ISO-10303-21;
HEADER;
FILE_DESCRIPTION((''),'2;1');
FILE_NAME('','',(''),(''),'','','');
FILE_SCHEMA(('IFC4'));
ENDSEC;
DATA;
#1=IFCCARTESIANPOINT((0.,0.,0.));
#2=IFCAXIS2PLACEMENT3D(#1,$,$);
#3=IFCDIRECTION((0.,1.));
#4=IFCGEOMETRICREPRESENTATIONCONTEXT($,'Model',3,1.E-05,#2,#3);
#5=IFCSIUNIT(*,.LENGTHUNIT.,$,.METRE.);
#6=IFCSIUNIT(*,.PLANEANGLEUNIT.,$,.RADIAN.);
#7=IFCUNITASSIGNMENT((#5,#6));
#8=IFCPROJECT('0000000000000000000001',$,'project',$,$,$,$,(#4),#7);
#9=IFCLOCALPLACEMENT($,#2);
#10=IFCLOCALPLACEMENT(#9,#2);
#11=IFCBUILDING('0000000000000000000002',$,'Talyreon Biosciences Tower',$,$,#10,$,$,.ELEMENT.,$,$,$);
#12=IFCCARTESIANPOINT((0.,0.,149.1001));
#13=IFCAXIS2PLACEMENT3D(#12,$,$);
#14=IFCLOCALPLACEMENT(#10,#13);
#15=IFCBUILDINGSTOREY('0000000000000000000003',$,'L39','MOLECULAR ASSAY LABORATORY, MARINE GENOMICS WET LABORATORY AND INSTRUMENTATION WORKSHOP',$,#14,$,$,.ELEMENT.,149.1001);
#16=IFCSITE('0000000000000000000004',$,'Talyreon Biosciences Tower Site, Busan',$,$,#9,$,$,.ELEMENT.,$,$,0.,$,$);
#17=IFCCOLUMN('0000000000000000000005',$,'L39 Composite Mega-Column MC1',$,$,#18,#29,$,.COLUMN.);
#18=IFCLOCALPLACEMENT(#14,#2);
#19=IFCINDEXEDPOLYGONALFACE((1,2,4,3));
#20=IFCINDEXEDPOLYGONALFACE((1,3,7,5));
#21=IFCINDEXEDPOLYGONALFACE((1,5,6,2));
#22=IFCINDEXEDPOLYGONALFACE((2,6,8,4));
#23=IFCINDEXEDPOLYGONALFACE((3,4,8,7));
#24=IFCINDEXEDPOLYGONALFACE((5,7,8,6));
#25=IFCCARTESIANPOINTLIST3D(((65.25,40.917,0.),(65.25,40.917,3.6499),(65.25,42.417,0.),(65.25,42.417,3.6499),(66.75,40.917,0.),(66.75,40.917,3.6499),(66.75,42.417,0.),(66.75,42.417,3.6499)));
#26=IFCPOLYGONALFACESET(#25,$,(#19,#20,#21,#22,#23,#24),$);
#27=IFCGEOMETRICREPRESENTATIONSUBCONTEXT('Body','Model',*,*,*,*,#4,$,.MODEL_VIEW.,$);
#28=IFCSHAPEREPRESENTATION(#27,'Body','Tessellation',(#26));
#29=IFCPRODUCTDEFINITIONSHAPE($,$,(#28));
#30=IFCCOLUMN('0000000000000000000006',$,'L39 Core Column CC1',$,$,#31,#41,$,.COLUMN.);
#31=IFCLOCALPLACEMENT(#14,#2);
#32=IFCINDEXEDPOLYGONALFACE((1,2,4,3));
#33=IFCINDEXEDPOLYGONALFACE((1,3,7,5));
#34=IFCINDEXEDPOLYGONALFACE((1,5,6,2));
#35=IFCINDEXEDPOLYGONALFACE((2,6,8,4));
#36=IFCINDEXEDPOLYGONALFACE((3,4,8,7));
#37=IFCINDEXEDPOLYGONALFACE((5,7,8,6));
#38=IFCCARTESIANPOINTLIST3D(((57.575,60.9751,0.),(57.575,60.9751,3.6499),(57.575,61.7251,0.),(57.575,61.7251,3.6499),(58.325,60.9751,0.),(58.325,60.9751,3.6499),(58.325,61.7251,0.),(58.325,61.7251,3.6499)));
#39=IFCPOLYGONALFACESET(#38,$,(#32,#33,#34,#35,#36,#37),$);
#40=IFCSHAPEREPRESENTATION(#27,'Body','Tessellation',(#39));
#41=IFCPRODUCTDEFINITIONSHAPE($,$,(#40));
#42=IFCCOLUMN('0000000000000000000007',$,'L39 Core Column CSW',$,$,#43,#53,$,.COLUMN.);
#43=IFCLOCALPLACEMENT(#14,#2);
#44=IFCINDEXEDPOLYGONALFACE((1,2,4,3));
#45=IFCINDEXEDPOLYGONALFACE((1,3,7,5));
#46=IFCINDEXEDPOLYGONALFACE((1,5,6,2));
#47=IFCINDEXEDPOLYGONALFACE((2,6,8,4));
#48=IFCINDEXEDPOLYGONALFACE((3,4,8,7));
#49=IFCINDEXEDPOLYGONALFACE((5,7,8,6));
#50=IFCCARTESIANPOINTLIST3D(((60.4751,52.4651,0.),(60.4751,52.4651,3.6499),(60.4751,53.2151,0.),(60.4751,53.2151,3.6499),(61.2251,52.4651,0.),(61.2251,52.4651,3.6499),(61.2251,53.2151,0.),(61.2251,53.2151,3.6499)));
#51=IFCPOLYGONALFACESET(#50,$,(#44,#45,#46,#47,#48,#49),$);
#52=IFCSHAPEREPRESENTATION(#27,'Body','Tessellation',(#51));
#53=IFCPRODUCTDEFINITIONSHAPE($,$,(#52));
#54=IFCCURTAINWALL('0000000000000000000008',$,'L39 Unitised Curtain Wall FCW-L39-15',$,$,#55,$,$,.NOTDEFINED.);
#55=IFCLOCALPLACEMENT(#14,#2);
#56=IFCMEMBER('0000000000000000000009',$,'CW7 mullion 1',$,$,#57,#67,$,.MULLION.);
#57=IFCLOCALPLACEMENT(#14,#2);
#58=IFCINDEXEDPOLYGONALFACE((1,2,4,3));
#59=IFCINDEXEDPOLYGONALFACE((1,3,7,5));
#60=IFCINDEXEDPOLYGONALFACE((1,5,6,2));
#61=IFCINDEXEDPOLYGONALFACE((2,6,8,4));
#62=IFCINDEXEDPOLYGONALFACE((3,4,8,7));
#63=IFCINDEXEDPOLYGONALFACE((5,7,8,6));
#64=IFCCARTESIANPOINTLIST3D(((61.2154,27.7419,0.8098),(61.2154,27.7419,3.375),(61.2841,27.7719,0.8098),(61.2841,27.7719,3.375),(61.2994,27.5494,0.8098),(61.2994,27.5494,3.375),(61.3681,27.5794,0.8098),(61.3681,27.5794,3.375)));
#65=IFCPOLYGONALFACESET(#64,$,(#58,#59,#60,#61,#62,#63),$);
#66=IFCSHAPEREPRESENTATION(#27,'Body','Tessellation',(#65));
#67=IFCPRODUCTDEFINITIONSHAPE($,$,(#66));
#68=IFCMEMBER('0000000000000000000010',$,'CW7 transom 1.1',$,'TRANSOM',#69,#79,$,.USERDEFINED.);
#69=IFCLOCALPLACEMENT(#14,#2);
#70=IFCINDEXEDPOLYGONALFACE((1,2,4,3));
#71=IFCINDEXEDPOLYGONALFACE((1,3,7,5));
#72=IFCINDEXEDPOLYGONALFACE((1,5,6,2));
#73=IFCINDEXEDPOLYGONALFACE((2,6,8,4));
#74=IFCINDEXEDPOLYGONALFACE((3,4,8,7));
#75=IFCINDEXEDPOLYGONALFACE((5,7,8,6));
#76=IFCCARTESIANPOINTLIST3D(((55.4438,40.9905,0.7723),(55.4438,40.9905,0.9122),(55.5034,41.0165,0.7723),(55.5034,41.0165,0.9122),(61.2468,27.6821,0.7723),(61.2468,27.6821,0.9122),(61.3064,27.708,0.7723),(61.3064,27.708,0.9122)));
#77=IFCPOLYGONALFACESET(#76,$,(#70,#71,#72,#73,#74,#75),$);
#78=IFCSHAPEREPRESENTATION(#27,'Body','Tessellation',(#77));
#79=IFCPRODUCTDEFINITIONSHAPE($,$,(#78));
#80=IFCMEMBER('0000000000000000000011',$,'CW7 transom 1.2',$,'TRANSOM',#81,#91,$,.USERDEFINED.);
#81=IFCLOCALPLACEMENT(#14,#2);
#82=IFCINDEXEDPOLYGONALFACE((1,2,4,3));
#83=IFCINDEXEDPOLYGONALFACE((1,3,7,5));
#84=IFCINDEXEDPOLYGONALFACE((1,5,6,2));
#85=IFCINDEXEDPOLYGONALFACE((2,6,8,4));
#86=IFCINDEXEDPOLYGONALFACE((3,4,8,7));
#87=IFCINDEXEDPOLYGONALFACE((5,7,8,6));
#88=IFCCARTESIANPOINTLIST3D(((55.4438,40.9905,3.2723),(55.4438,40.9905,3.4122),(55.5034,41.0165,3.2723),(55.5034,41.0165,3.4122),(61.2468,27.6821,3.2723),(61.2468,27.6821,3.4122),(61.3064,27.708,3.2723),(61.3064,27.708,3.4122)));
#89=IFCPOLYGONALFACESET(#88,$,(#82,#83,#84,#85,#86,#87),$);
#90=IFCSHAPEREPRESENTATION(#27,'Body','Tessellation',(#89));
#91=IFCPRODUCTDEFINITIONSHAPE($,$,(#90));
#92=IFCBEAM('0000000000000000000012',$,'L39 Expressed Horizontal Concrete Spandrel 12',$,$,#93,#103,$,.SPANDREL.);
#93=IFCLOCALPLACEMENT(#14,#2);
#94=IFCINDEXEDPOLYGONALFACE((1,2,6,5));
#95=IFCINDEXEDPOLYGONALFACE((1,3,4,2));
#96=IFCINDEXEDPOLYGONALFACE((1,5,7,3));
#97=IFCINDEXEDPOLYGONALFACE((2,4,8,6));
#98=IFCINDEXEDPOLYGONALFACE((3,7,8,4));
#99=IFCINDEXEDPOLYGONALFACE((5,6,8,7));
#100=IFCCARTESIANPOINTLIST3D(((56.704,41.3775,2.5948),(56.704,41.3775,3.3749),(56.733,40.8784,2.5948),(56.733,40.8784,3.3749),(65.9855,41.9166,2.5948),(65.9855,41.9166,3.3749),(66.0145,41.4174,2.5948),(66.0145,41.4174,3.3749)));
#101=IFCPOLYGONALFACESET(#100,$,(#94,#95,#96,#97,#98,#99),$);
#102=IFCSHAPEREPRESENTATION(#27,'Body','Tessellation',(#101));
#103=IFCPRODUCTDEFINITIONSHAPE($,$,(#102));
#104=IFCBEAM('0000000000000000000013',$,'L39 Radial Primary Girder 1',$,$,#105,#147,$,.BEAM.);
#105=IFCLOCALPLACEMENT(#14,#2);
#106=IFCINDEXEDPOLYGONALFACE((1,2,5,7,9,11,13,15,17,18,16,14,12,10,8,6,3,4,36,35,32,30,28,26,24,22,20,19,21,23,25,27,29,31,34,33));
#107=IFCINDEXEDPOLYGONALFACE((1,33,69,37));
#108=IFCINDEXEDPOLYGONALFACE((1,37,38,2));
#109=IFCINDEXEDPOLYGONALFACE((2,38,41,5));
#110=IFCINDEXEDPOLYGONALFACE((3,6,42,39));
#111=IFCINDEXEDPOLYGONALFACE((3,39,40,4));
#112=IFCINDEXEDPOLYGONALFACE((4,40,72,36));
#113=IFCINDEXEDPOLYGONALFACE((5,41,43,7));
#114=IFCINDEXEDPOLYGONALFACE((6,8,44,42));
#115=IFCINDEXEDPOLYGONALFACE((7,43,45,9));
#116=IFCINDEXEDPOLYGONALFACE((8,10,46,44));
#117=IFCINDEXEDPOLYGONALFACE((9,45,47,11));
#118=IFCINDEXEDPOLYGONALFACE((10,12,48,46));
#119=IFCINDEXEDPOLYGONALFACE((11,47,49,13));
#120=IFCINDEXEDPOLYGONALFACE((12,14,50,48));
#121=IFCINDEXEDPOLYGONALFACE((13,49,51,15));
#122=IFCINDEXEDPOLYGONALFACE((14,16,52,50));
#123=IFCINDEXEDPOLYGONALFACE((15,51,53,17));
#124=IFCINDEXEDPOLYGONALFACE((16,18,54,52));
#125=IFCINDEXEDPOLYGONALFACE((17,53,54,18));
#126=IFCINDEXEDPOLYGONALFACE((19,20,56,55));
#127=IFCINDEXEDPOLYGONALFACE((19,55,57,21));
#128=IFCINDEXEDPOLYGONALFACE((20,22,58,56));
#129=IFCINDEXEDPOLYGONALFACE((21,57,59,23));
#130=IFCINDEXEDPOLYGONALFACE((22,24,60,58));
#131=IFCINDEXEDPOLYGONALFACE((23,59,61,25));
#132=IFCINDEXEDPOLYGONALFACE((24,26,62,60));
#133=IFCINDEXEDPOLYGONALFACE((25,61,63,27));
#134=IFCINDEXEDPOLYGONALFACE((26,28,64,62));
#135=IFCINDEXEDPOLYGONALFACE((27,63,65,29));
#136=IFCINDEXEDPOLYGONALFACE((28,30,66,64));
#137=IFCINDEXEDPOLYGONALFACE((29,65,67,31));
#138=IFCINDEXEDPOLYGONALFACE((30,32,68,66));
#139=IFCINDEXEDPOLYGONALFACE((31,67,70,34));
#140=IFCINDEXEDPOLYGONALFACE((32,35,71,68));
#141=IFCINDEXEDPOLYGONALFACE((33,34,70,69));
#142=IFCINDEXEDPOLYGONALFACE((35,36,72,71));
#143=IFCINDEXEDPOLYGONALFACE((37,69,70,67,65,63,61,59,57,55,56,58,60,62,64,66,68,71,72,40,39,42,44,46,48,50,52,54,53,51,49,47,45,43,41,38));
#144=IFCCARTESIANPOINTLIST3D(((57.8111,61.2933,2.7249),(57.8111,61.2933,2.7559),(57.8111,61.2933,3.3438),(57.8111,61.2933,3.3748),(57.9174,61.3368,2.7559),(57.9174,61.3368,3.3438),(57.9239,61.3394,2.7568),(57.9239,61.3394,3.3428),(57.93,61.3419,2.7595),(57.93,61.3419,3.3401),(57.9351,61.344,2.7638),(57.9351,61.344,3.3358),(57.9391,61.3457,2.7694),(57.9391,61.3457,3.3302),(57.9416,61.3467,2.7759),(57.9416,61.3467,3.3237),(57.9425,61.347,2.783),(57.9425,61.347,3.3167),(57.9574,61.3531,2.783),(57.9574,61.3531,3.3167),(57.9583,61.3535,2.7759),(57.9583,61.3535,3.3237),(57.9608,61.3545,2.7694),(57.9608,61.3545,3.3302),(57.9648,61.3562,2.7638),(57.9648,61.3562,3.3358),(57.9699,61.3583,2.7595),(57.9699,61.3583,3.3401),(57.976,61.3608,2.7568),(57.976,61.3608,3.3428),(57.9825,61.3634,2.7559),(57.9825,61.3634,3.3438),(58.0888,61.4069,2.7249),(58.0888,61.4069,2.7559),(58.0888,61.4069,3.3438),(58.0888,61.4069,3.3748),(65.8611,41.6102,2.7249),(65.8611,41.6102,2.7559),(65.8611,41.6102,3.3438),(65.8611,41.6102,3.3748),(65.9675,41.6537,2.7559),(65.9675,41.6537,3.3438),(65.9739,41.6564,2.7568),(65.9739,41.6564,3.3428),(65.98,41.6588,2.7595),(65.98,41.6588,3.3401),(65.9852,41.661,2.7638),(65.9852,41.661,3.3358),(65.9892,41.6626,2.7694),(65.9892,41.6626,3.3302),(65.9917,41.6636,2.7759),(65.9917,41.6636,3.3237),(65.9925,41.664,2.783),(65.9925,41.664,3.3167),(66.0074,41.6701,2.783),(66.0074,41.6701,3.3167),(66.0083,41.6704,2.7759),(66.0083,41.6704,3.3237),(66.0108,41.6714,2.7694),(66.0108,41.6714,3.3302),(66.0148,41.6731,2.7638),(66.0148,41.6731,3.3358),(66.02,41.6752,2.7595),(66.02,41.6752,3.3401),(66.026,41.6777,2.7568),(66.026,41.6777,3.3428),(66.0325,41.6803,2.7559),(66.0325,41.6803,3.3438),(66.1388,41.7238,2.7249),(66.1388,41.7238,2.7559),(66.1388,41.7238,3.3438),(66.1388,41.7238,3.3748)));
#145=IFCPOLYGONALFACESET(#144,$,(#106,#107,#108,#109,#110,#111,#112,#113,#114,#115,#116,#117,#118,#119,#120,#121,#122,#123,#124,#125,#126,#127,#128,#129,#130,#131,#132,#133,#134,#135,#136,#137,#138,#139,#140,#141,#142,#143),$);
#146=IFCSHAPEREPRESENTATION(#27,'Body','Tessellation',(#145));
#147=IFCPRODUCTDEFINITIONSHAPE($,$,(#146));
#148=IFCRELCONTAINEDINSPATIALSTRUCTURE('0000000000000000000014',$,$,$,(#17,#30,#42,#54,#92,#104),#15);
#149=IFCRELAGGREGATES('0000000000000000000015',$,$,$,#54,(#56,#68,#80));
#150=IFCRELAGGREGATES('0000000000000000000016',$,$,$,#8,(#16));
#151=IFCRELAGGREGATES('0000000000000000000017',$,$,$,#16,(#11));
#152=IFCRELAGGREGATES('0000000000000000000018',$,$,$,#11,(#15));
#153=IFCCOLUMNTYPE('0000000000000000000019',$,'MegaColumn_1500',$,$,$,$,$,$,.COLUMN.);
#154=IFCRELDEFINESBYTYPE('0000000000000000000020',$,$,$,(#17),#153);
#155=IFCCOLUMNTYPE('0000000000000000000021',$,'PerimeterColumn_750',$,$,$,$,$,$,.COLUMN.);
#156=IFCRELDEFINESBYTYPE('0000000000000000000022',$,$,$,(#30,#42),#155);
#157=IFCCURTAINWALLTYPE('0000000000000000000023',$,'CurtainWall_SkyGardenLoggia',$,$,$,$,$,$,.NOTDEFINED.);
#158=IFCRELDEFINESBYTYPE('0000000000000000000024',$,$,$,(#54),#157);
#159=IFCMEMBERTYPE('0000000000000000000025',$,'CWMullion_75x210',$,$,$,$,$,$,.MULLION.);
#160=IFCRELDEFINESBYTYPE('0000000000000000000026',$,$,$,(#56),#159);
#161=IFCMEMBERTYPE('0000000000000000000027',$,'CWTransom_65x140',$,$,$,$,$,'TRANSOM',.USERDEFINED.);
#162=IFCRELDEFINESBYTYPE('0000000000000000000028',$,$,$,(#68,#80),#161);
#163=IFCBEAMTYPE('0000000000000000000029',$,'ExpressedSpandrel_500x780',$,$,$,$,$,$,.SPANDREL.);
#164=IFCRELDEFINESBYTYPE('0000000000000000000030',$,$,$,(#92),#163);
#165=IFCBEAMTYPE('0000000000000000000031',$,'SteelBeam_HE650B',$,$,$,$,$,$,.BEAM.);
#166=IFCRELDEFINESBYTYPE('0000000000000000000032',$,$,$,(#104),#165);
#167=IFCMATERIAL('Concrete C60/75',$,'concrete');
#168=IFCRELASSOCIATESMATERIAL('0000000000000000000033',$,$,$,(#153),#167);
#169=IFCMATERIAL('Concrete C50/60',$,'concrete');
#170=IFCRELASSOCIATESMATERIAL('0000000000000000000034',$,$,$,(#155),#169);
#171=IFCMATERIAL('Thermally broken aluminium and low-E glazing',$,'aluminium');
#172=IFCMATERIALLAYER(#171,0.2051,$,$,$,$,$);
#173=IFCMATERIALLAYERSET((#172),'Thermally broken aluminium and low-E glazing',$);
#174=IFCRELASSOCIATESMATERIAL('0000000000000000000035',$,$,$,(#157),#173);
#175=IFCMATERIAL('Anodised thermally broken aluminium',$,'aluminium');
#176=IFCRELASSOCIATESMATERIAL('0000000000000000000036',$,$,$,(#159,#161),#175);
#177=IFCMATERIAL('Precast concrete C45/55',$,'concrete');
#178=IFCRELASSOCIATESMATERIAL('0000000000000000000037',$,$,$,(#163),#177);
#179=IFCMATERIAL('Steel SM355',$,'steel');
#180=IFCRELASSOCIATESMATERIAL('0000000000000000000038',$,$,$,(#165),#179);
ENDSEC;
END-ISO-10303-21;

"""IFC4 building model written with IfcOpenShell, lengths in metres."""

from ifc_helpers import new_model, si_unit, direction, frame, origin, origin_2d, place, context, subcontext, project, spatial, rectangle, i_section, extrude, material, layer, layer_set, material_profile, profile_set, type_object, element, aggregate, save


model = new_model("IFC4")

# Units and contexts
model_context = context("Model", 3, precision=1e-05, world=origin(), true_north=direction((0.0, 1.0)))
body_context = subcontext(model_context, "Body", "Model", "MODEL_VIEW")
ifc_project = project(units=[si_unit("LENGTHUNIT", "METRE"), si_unit("PLANEANGLEUNIT", "RADIAN")], contexts=[model_context])

# Site, building, storey
site_placement = place(None, origin())
site = spatial("IfcSite", under=ifc_project, at=site_placement, Name="Talyreon Biosciences Tower Site, Busan", CompositionType="ELEMENT", RefElevation=0.0)
building_placement = place(site_placement, origin())
building = spatial("IfcBuilding", under=site, at=building_placement, Name="Talyreon Biosciences Tower", CompositionType="ELEMENT")
storey_placement = place(building_placement, frame((0.0, 0.0, 149.1001)))
storey = spatial("IfcBuildingStorey", under=building, at=storey_placement, Name="L39", Description="MOLECULAR ASSAY LABORATORY, MARINE GENOMICS WET LABORATORY AND INSTRUMENTATION WORKSHOP", CompositionType="ELEMENT", Elevation=149.1001)

# Columns
ifc_material_1 = material(Name="Concrete C60/75", Category="concrete")
ifc_material_profile_1 = material_profile(ifc_material_1, rectangle(XDim=1.5, YDim=1.5, at=origin_2d()), Name="RC 1500x1500")
ifc_profile_set_1 = profile_set([ifc_material_profile_1], Name="Concrete C60/75")
column_type_1 = type_object("IfcColumnType", Name="MegaColumn_1500", PredefinedType="COLUMN", material=ifc_profile_set_1)
column_placement = place(storey_placement, frame((66.0, 41.667, 0.0), z_axis=(0.0, 0.0, 1.0), x_axis=(1.0, 0.0, 0.0)))
element("IfcColumn", 1, at=column_placement, inside=storey, type_object=column_type_1, Name="L39 Composite Mega-Column MC1", PredefinedType="COLUMN", context=body_context, shape_type="SweptSolid", body=[
    extrude(rectangle(XDim=1.5, YDim=1.5, at=origin_2d()), origin(), (0.0, 0.0, 1.0), 3.6499),
])
ifc_material_2 = material(Name="Concrete C50/60", Category="concrete")
ifc_material_profile_2 = material_profile(ifc_material_2, rectangle(XDim=0.75, YDim=0.75, at=origin_2d()), Name="RC 750x750")
ifc_profile_set_2 = profile_set([ifc_material_profile_2], Name="Concrete C50/60")
column_type_2 = type_object("IfcColumnType", Name="PerimeterColumn_750", PredefinedType="COLUMN", material=ifc_profile_set_2)
for number, where, z_axis, x_axis, name in (
    (2, (57.95, 61.3501, 0.0), (0.0, 0.0, 1.0), (1.0, 0.0, 0.0), "L39 Core Column CC1"),
    (3, (60.8501, 52.8401, 0.0), (0.0, 0.0, 1.0), (1.0, 0.0, 0.0), "L39 Core Column CSW"),
):
    element("IfcColumn", number, at=place(storey_placement, frame(where, z_axis=z_axis, x_axis=x_axis)), inside=storey, type_object=column_type_2, Name=name, PredefinedType="COLUMN", context=body_context, shape_type="SweptSolid", body=[
        extrude(rectangle(XDim=0.75, YDim=0.75, at=origin_2d()), origin(), (0.0, 0.0, 1.0), 3.6499),
    ])

# Curtain wall, members
ifc_material_3 = material(Name="Thermally broken aluminium and low-E glazing", Category="aluminium")
ifc_layer_1 = layer(ifc_material_3, 0.2051)
ifc_layer_set_1 = layer_set([ifc_layer_1], Name="Thermally broken aluminium and low-E glazing")
curtain_wall_type = type_object("IfcCurtainWallType", Name="CurtainWall_SkyGardenLoggia", PredefinedType="NOTDEFINED", material=ifc_layer_set_1)
curtain_wall_placement = place(storey_placement, origin())
curtain_wall = element("IfcCurtainWall", 4, at=curtain_wall_placement, inside=storey, type_object=curtain_wall_type, Name="L39 Unitised Curtain Wall FCW-L39-15", PredefinedType="NOTDEFINED")
ifc_material_4 = material(Name="Anodised thermally broken aluminium", Category="aluminium")
ifc_material_profile_3 = material_profile(ifc_material_4, rectangle(XDim=0.075, YDim=0.21, at=origin_2d()), Name="ALUM MULLION 75x210")
ifc_profile_set_3 = profile_set([ifc_material_profile_3], Name="Anodised thermally broken aluminium")
member_type_1 = type_object("IfcMemberType", Name="CWMullion_75x210", PredefinedType="MULLION", material=ifc_profile_set_3)
member_1_placement = place(storey_placement, frame((61.2917, 27.6606, 0.8098), z_axis=(0.0, 0.0, 1.0), x_axis=(-0.916647, -0.399698, 0.0)))
member_1 = element("IfcMember", 5, at=member_1_placement, type_object=member_type_1, Name="CW7 mullion 1", PredefinedType="MULLION", context=body_context, shape_type="SweptSolid", body=[
    extrude(rectangle(XDim=0.075, YDim=0.21, at=origin_2d()), origin(), (0.0, 0.0, 1.0), 2.5652),
])
ifc_material_profile_4 = material_profile(ifc_material_4, rectangle(XDim=0.0649, YDim=0.1399, at=origin_2d()), Name="ALUM TRANSOM 65x140")
ifc_profile_set_4 = profile_set([ifc_material_profile_4], Name="Anodised thermally broken aluminium")
member_type_2 = type_object("IfcMemberType", Name="CWTransom_65x140", ElementType="TRANSOM", PredefinedType="USERDEFINED", material=ifc_profile_set_4)
member_2_placement = place(storey_placement, frame((61.2766, 27.6951, 0.8423), z_axis=(-0.399696, 0.916648, 0.0), x_axis=(-0.916648, -0.399696, 0.0)))
member_2 = element("IfcMember", 6, at=member_2_placement, type_object=member_type_2, Name="CW7 transom 1.1", ObjectType="TRANSOM", PredefinedType="USERDEFINED", context=body_context, shape_type="SweptSolid", body=[
    extrude(rectangle(XDim=0.0649, YDim=0.1399, at=origin_2d()), origin(), (0.0, 0.0, 1.0), 14.5186),
])
member_3_placement = place(storey_placement, frame((61.2766, 27.6951, 3.3423), z_axis=(-0.399696, 0.916648, 0.0), x_axis=(-0.916648, -0.399696, 0.0)))
member_3 = element("IfcMember", 7, at=member_3_placement, type_object=member_type_2, Name="CW7 transom 1.2", ObjectType="TRANSOM", PredefinedType="USERDEFINED", context=body_context, shape_type="SweptSolid", body=[
    extrude(rectangle(XDim=0.0649, YDim=0.1399, at=origin_2d()), origin(), (0.0, 0.0, 1.0), 14.5186),
])

# Beams
ifc_material_5 = material(Name="Precast concrete C45/55", Category="concrete")
ifc_material_profile_5 = material_profile(ifc_material_5, rectangle(XDim=0.5, YDim=0.78, at=origin_2d()), Name="RCB 500x780")
ifc_profile_set_5 = profile_set([ifc_material_profile_5], Name="Precast concrete C45/55")
beam_type_1 = type_object("IfcBeamType", Name="ExpressedSpandrel_500x780", PredefinedType="SPANDREL", material=ifc_profile_set_5)
beam_1_placement = place(storey_placement, frame((56.7185, 41.1279, 2.9849), z_axis=(0.998318, 0.057982, 0.0), x_axis=(-0.057982, 0.998318, 0.0)))
element("IfcBeam", 8, at=beam_1_placement, inside=storey, type_object=beam_type_1, Name="L39 Expressed Horizontal Concrete Spandrel 12", PredefinedType="SPANDREL", context=body_context, shape_type="SweptSolid", body=[
    extrude(rectangle(XDim=0.5, YDim=0.78, at=origin_2d()), origin(), (0.0, 0.0, 1.0), 9.2971),
])
ifc_material_6 = material(Name="Steel SM355", Category="steel")
ifc_material_profile_6 = material_profile(ifc_material_6, i_section(OverallWidth=0.3, OverallDepth=0.6499, WebThickness=0.0161, FlangeThickness=0.031, FilletRadius=0.0271, at=origin_2d()), Name="HE650B")
ifc_profile_set_6 = profile_set([ifc_material_profile_6], Name="Steel SM355")
beam_type_2 = type_object("IfcBeamType", Name="SteelBeam_HE650B", PredefinedType="BEAM", material=ifc_profile_set_6)
beam_2_placement = place(storey_placement, frame((57.95, 61.3501, 3.0498), z_axis=(0.378547, -0.925582, 0.0), x_axis=(0.925582, 0.378547, 0.0)))
element("IfcBeam", 9, at=beam_2_placement, inside=storey, type_object=beam_type_2, Name="L39 Radial Primary Girder 1", PredefinedType="BEAM", context=body_context, shape_type="SweptSolid", body=[
    extrude(i_section(OverallWidth=0.3, OverallDepth=0.6499, WebThickness=0.0161, FlangeThickness=0.031, FilletRadius=0.0271, at=origin_2d()), origin(), (0.0, 0.0, 1.0), 21.2656),
])

aggregate(curtain_wall, [member_1, member_2, member_3])

save(model, "model.ifc")
